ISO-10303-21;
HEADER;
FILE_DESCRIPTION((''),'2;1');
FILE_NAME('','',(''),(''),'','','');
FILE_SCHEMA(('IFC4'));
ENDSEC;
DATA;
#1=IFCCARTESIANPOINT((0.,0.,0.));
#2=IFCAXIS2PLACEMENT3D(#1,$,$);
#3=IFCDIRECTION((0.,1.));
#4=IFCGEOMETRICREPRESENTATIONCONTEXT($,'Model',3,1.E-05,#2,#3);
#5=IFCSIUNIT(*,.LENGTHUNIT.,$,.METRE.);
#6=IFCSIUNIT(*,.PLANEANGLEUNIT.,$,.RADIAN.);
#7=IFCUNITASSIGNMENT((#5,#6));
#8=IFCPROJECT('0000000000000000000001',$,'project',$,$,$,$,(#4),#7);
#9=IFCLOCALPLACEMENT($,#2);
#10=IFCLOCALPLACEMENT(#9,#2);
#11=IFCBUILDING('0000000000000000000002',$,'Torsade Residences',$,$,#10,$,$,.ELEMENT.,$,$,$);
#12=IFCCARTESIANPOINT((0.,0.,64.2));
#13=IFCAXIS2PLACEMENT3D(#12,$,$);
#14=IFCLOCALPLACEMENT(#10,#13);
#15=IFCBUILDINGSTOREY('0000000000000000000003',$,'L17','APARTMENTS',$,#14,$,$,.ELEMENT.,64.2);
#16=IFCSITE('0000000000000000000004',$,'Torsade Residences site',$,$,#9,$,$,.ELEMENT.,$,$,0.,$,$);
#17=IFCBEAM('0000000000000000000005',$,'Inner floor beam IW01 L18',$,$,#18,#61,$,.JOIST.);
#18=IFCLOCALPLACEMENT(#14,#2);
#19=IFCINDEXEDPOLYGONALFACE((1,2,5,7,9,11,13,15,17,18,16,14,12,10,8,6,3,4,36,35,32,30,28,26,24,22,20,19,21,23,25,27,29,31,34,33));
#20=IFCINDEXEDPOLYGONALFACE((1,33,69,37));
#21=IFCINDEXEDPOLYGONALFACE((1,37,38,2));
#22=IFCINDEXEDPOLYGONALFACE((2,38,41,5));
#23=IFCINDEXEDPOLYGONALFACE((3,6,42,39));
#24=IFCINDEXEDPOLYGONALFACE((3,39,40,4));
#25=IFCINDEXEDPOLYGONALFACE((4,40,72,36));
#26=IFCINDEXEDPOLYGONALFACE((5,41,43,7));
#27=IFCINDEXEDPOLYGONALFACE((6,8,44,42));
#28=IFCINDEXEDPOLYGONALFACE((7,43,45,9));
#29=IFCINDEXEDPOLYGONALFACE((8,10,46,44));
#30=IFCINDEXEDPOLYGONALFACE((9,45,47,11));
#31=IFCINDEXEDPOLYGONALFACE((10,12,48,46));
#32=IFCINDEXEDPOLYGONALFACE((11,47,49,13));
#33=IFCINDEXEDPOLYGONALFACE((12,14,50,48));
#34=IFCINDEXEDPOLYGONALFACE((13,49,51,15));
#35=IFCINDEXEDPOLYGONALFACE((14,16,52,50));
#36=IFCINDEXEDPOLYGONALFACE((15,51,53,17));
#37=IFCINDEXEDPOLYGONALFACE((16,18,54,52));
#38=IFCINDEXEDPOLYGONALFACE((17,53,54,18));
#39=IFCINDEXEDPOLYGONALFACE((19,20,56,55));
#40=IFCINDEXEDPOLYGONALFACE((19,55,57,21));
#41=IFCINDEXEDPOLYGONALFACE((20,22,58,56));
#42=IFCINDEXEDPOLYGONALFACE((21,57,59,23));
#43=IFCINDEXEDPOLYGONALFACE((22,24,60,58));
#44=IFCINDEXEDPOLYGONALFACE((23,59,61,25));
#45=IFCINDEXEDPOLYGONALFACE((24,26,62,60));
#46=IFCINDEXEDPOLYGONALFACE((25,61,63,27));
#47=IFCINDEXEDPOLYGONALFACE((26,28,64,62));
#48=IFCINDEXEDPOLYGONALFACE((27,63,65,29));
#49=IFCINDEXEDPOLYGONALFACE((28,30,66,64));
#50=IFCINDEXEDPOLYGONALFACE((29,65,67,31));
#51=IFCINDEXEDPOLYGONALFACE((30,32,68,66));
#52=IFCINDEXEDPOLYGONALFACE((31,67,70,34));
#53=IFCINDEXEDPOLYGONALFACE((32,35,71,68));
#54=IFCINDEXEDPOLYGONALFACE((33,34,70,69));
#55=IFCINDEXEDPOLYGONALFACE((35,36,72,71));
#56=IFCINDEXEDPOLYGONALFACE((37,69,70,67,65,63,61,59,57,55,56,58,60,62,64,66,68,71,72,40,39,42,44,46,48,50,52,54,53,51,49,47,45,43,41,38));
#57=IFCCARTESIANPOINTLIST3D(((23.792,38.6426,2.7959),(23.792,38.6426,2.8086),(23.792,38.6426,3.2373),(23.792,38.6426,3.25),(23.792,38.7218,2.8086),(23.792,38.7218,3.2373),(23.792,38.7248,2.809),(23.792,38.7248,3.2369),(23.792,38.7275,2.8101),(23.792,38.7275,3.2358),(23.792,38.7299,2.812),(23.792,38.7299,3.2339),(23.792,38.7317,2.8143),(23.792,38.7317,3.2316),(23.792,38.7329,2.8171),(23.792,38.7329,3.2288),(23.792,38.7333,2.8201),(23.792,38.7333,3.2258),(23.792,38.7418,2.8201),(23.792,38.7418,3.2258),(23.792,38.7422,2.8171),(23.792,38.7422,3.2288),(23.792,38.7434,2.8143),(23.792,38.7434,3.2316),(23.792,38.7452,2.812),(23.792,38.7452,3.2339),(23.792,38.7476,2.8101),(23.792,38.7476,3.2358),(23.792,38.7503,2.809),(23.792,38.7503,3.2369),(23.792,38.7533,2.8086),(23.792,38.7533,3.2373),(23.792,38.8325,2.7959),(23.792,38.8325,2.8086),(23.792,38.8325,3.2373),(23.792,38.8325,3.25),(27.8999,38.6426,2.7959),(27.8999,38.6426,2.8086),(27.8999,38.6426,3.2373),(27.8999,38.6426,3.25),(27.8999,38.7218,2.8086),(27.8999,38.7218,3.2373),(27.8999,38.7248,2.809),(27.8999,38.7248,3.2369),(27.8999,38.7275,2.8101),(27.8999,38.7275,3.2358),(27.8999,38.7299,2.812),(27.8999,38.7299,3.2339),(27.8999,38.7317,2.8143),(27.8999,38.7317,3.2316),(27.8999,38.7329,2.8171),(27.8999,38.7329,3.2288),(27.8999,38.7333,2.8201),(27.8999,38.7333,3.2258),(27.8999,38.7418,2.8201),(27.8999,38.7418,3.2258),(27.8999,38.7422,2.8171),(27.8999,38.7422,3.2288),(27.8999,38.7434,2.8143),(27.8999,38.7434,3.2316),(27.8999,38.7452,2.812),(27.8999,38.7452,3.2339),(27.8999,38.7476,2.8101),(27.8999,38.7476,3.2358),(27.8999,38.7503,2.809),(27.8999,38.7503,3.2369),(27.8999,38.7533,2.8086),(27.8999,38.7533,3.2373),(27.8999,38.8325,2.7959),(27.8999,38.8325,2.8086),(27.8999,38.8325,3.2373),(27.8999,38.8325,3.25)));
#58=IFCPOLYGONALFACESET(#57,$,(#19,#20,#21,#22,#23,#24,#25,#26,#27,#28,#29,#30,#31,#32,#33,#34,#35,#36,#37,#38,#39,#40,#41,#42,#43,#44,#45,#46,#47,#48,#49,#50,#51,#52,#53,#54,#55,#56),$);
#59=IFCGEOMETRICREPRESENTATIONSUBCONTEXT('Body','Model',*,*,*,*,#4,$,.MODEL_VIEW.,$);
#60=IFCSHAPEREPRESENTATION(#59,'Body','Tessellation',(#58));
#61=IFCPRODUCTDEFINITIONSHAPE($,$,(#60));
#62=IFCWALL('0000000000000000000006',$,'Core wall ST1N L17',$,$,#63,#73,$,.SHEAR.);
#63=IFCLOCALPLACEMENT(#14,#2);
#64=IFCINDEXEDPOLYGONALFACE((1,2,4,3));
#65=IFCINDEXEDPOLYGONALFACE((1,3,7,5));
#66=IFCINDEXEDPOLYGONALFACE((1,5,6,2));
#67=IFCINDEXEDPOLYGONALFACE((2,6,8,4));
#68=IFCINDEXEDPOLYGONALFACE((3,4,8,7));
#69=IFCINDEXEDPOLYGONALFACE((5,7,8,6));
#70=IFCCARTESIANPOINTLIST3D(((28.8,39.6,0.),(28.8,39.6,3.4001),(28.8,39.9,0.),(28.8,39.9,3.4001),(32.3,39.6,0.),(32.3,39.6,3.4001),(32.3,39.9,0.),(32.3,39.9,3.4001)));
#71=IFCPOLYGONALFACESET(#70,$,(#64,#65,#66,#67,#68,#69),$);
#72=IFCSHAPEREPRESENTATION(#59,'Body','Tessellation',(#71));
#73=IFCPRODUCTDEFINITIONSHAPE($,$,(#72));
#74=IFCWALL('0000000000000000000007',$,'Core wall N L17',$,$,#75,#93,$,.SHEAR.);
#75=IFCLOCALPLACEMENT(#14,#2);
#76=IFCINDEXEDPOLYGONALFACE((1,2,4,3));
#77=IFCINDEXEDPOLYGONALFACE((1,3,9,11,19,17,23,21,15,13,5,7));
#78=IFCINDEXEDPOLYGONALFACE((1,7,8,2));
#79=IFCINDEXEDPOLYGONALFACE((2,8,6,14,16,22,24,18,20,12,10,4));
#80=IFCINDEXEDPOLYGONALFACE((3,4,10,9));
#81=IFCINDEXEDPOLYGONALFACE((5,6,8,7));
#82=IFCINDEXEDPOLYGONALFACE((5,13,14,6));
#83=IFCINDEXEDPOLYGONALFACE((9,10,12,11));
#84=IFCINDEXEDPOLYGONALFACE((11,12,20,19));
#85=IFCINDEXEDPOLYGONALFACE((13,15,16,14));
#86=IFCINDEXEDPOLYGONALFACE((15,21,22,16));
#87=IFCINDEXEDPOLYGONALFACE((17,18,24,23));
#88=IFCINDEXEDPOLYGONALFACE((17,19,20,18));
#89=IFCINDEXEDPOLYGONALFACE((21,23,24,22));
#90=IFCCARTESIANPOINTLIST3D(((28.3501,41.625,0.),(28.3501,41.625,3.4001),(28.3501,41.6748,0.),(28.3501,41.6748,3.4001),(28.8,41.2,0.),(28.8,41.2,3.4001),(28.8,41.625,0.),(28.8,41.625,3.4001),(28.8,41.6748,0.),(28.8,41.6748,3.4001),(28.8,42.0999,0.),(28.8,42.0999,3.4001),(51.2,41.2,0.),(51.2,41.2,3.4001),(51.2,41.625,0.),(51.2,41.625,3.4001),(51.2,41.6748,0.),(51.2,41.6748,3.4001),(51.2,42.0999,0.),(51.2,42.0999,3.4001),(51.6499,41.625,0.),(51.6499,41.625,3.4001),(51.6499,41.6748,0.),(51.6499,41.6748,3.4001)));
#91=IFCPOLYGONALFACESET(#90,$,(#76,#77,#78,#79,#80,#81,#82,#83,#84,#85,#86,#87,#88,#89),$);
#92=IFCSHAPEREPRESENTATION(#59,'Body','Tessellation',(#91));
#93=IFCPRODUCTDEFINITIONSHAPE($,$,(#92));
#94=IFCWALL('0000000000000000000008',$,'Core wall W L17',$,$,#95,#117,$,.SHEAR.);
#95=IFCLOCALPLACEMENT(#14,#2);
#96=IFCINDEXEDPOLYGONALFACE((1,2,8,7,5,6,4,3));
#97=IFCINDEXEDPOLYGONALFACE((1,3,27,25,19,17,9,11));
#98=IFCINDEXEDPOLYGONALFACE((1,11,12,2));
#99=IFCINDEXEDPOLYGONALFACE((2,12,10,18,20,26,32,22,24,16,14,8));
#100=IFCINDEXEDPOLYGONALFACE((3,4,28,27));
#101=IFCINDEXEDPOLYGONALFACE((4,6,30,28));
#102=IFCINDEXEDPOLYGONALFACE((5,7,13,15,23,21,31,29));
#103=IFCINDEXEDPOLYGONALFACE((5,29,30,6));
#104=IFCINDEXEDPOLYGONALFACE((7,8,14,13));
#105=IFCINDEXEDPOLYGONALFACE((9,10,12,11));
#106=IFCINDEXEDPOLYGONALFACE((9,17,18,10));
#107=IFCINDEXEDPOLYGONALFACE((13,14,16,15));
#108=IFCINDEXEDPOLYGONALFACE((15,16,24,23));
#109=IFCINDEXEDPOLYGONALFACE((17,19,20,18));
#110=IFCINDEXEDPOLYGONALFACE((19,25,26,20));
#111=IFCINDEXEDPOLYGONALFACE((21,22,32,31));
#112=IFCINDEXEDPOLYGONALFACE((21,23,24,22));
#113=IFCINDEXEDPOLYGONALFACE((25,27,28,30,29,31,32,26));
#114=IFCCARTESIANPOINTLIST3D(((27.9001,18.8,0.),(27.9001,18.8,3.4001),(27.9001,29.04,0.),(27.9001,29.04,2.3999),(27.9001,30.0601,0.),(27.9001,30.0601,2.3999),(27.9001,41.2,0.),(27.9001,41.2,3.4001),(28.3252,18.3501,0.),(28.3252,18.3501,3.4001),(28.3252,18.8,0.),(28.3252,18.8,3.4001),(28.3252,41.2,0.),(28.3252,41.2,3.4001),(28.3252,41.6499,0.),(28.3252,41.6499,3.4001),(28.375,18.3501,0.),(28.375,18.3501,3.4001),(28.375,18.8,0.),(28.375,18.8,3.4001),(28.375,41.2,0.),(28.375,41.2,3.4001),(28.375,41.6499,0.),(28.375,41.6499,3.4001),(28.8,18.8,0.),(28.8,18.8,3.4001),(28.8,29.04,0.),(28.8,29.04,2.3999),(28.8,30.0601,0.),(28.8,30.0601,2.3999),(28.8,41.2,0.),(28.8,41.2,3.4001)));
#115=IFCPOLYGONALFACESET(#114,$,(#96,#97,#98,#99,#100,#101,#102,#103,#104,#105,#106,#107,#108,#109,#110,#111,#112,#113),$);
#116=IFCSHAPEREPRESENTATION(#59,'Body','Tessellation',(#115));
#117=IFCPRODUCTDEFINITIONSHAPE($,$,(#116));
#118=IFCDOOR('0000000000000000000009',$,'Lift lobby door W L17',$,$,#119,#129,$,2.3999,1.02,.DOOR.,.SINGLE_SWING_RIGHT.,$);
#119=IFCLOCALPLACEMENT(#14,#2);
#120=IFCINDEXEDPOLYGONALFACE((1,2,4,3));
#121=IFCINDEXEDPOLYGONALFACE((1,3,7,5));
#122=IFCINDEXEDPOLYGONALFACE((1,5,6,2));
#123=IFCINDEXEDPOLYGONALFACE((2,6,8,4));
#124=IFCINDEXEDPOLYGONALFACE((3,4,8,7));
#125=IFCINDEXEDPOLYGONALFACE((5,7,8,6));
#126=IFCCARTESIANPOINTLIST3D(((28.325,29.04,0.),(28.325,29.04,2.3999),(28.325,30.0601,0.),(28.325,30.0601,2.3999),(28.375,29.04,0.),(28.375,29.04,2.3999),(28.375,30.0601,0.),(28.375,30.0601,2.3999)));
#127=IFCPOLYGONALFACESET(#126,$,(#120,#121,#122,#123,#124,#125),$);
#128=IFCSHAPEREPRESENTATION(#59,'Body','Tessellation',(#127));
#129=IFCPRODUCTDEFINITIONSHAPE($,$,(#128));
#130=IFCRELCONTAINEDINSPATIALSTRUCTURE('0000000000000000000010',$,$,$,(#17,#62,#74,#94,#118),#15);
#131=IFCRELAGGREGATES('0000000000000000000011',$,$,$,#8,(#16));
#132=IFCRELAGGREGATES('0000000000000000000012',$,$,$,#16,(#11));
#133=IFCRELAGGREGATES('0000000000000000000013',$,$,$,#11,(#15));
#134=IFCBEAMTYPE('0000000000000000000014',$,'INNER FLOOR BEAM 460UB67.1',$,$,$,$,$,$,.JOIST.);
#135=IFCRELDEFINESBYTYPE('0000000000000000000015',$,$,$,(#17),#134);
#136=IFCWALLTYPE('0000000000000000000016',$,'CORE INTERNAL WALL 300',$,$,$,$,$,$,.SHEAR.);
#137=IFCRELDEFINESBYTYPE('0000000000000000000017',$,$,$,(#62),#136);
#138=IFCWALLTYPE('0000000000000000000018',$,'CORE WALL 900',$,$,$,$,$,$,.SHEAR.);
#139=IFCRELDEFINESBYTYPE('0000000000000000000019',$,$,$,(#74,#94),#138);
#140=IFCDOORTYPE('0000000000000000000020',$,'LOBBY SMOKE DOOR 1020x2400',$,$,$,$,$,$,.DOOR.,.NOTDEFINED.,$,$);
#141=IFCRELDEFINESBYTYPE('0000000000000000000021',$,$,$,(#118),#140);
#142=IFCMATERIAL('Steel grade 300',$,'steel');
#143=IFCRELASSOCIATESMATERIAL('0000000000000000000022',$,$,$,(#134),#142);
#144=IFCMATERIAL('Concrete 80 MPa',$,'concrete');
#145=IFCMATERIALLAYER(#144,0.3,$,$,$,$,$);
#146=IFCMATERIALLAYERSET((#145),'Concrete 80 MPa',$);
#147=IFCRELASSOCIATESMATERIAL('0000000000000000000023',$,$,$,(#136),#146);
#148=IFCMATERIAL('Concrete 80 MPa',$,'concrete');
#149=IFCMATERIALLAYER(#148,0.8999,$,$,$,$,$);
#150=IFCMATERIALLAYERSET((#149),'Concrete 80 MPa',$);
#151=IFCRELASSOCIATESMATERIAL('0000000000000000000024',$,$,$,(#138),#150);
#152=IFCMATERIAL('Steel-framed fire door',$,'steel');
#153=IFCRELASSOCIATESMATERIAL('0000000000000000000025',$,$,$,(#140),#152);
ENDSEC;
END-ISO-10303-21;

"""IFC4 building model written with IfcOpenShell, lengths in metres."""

from ifc_helpers import new_model, si_unit, direction, frame, frame_2d, origin, origin_2d, place, context, subcontext, project, spatial, polyline, rectangle, i_section, outline, extrude, material, layer, layer_set, material_profile, profile_set, type_object, element, fill, save


model = new_model("IFC4")

# Units and contexts
model_context = context("Model", 3, precision=1e-05, world=origin(), true_north=direction((0.0, 1.0)))
body_context = subcontext(model_context, "Body", "Model", "MODEL_VIEW")
ifc_project = project(units=[si_unit("LENGTHUNIT", "METRE"), si_unit("PLANEANGLEUNIT", "RADIAN")], contexts=[model_context])

# Site, building, storey
site_placement = place(None, origin())
site = spatial("IfcSite", under=ifc_project, at=site_placement, Name="Torsade Residences site", CompositionType="ELEMENT", RefElevation=0.0)
building_placement = place(site_placement, origin())
building = spatial("IfcBuilding", under=site, at=building_placement, Name="Torsade Residences", CompositionType="ELEMENT")
storey_placement = place(building_placement, frame((0.0, 0.0, 64.2)))
storey = spatial("IfcBuildingStorey", under=building, at=storey_placement, Name="L17", Description="APARTMENTS", CompositionType="ELEMENT", Elevation=64.2)

# Beam
ifc_material_1 = material(Name="Steel grade 300", Category="steel")
ifc_material_profile_1 = material_profile(ifc_material_1, i_section(OverallWidth=0.1899, OverallDepth=0.4541, WebThickness=0.0085, FlangeThickness=0.0127, FilletRadius=0.0115, at=origin_2d()), Name="460UB67.1")
ifc_profile_set_1 = profile_set([ifc_material_profile_1], Name="Steel grade 300")
beam_type = type_object("IfcBeamType", Name="INNER FLOOR BEAM 460UB67.1", PredefinedType="JOIST", material=ifc_profile_set_1)
beam_1_placement = place(storey_placement, frame((27.8999, 38.7375, 3.0229), z_axis=(-1.0, 0.0, 0.0), x_axis=(0.0, -1.0, 0.0)))
element("IfcBeam", 1, at=beam_1_placement, inside=storey, type_object=beam_type, Name="Inner floor beam IW01 L18", PredefinedType="JOIST", context=body_context, shape_type="SweptSolid", body=[
    extrude(i_section(OverallWidth=0.1899, OverallDepth=0.4541, WebThickness=0.0085, FlangeThickness=0.0127, FilletRadius=0.0115, at=origin_2d()), origin(), (0.0, 0.0, 1.0), 4.1079),
])

# Walls
ifc_material_2 = material(Name="Concrete 80 MPa", Category="concrete")
ifc_layer_1 = layer(ifc_material_2, 0.3)
ifc_layer_set_1 = layer_set([ifc_layer_1], Name="Concrete 80 MPa")
wall_type_1 = type_object("IfcWallType", Name="CORE INTERNAL WALL 300", PredefinedType="SHEAR", material=ifc_layer_set_1)
wall_1_placement = place(storey_placement, frame((28.8, 39.75, 0.0), z_axis=(0.0, 0.0, 1.0), x_axis=(1.0, 0.0, 0.0)))
element("IfcWall", 2, at=wall_1_placement, inside=storey, type_object=wall_type_1, Name="Core wall ST1N L17", PredefinedType="SHEAR", context=body_context, shape_type="SweptSolid", body=[
    extrude(rectangle(XDim=3.5, YDim=0.3, at=frame_2d((1.75, 0.0))), origin(), (0.0, 0.0, 1.0), 3.4001),
])
ifc_material_3 = material(Name="Concrete 80 MPa", Category="concrete")
ifc_layer_2 = layer(ifc_material_3, 0.8999)
ifc_layer_set_2 = layer_set([ifc_layer_2], Name="Concrete 80 MPa")
wall_type_2 = type_object("IfcWallType", Name="CORE WALL 900", PredefinedType="SHEAR", material=ifc_layer_set_2)
wall_2_placement = place(storey_placement, frame((28.8, 41.6499, 0.0), z_axis=(0.0, 0.0, 1.0), x_axis=(1.0, 0.0, 0.0)))
element("IfcWall", 3, at=wall_2_placement, inside=storey, type_object=wall_type_2, Name="Core wall N L17", PredefinedType="SHEAR", context=body_context, shape_type="SweptSolid", body=[
    extrude(outline(polyline([(0.0, -0.45), (22.3999, -0.45), (22.3999, -0.0249), (22.8499, -0.0249), (22.8499, 0.0249), (22.3999, 0.0249), (22.3999, 0.45), (0.0, 0.45), (0.0, 0.0249), (-0.45, 0.0249), (-0.45, -0.0249), (0.0, -0.0249), (0.0, -0.45)])), origin(), (0.0, 0.0, 1.0), 3.4001),
])

# Wall, opening, door
wall_3_placement = place(storey_placement, frame((28.3501, 41.2, 0.0), z_axis=(0.0, 0.0, 1.0), x_axis=(0.0, -1.0, 0.0)))
wall_3 = element("IfcWall", 4, at=wall_3_placement, inside=storey, type_object=wall_type_2, Name="Core wall W L17", PredefinedType="SHEAR", context=body_context, shape_type="SweptSolid", body=[
    extrude(outline(polyline([(0.0, -0.45), (22.3999, -0.45), (22.3999, -0.0249), (22.8499, -0.0249), (22.8499, 0.0249), (22.3999, 0.0249), (22.3999, 0.45), (0.0, 0.45), (0.0, 0.0249), (-0.45, 0.0249), (-0.45, -0.0249), (0.0, -0.0249), (0.0, -0.45)])), origin(), (0.0, 0.0, 1.0), 3.4001),
])
opening_1_placement = place(wall_3_placement, frame((11.1399, 0.0, 0.0)))
opening_1 = element("IfcOpeningElement", 5, at=opening_1_placement, cuts=wall_3, PredefinedType="OPENING", context=body_context, shape_type="SweptSolid", body=[
    extrude(rectangle(XDim=1.02, YDim=2.3999, at=frame_2d((0.51, 1.2))), frame((0.0, 0.46, 0.0), z_axis=(0.0, -1.0, 0.0), x_axis=(1.0, 0.0, 0.0)), (0.0, 0.0, 1.0), 0.9199),
])
ifc_material_4 = material(Name="Steel-framed fire door", Category="steel")
door_type_1 = type_object("IfcDoorType", Name="LOBBY SMOKE DOOR 1020x2400", OperationType="NOTDEFINED", PredefinedType="DOOR", material=ifc_material_4)
door_1_placement = place(opening_1_placement, origin())
door_1 = element("IfcDoor", 6, at=door_1_placement, inside=storey, type_object=door_type_1, Name="Lift lobby door W L17", OperationType="SINGLE_SWING_RIGHT", OverallHeight=2.3999, OverallWidth=1.02, PredefinedType="DOOR", context=body_context, shape_type="SweptSolid", body=[
    extrude(rectangle(XDim=1.02, YDim=2.3999, at=frame_2d((0.51, 1.2))), frame((0.0, 0.0249, 0.0), z_axis=(0.0, -1.0, 0.0), x_axis=(1.0, 0.0, 0.0)), (0.0, 0.0, 1.0), 0.05),
])
fill(opening_1, door_1)

save(model, "model.ifc")
